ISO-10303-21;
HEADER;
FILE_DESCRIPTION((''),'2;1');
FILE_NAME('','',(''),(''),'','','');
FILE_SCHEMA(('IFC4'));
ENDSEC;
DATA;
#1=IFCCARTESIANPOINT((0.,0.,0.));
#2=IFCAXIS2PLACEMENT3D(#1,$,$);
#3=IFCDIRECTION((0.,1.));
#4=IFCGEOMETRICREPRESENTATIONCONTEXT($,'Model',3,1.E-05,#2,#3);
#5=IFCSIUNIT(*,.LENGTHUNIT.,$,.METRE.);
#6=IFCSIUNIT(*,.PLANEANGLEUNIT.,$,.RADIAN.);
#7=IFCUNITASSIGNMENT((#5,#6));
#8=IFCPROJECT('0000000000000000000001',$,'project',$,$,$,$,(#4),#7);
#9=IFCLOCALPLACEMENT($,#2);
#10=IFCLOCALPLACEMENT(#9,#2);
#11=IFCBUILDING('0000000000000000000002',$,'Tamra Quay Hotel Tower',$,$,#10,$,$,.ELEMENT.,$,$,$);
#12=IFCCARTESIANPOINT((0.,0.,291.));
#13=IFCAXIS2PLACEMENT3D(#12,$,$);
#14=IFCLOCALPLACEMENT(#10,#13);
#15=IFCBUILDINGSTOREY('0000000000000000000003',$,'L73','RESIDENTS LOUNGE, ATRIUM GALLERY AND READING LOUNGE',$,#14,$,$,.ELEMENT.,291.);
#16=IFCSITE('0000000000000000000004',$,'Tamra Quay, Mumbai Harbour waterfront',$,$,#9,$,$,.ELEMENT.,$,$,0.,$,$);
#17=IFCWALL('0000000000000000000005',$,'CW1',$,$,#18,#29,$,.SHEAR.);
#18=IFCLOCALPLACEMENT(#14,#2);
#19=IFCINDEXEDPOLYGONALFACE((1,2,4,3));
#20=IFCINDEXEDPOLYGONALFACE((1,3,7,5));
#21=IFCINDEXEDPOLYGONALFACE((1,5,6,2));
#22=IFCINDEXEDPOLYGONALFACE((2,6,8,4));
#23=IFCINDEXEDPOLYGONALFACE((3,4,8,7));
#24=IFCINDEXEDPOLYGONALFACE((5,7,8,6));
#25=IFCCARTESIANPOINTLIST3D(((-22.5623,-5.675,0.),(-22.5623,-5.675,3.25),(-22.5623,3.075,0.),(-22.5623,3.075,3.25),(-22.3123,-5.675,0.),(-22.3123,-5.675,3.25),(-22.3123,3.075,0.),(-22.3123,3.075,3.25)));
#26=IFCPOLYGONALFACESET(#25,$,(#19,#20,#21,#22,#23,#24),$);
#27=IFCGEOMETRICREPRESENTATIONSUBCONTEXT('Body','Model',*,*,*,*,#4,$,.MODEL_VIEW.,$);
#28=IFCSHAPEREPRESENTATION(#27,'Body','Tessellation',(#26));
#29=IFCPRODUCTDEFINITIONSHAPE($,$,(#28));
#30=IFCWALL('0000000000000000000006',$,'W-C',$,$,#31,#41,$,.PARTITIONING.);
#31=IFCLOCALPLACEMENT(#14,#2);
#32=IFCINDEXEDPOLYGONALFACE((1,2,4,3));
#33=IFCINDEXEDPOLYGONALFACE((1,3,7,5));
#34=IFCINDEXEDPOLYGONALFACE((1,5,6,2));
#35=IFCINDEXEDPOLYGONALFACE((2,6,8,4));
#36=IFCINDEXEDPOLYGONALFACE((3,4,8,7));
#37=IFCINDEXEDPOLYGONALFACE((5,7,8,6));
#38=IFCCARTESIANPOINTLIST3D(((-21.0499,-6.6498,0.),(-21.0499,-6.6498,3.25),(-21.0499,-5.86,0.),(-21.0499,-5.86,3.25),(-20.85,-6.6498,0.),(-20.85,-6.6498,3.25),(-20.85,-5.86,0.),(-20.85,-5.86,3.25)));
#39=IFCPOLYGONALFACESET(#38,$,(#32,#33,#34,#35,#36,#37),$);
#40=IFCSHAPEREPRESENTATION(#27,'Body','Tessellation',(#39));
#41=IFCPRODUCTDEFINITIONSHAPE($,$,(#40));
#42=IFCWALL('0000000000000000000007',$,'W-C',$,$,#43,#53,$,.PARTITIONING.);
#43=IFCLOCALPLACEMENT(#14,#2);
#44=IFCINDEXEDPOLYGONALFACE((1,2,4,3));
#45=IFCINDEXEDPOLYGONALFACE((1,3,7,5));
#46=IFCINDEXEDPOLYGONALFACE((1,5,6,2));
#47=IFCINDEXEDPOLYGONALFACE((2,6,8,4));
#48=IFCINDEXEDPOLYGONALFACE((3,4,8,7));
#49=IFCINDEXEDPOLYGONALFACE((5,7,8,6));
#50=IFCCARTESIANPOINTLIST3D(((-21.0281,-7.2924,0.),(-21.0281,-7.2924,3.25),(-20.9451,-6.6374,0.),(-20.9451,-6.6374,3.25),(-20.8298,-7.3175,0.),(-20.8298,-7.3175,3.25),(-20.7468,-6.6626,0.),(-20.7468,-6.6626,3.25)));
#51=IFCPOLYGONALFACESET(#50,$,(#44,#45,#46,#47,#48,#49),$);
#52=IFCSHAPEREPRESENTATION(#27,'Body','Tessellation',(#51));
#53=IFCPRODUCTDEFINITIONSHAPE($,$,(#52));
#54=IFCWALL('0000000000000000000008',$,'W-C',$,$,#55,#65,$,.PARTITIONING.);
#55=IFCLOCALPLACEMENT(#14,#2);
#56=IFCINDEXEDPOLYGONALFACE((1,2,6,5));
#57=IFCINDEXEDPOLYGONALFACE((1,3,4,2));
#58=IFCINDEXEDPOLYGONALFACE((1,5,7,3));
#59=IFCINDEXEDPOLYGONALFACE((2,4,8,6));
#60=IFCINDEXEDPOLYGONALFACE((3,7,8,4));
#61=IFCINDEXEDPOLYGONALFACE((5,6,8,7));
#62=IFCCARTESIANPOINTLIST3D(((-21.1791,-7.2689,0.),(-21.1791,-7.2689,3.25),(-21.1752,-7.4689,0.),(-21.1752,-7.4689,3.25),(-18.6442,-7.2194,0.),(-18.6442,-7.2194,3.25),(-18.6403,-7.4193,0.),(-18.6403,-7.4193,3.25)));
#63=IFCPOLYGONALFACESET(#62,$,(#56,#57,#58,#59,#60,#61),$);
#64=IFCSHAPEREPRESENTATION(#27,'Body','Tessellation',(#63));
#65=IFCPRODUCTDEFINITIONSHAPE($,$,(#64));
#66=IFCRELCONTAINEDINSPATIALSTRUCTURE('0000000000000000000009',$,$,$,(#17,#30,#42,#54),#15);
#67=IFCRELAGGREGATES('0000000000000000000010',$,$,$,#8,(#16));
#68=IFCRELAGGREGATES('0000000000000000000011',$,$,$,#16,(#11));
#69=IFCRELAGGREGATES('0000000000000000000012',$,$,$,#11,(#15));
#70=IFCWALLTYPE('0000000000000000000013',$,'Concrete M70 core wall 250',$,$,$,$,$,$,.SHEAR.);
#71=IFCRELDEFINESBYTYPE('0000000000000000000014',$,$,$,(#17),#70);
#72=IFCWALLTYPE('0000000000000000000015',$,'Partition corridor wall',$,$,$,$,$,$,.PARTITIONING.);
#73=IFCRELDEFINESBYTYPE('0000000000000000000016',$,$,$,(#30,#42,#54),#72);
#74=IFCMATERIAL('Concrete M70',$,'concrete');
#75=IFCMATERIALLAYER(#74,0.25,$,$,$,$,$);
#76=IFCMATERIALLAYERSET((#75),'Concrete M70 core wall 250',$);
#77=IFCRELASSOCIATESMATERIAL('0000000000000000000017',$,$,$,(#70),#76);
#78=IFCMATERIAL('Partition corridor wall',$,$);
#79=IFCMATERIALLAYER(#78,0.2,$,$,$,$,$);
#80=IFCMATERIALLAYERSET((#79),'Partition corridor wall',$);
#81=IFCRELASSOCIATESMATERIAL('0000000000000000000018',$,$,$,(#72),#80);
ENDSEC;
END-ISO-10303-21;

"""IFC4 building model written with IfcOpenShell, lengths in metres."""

from ifc_helpers import new_model, si_unit, direction, frame, frame_2d, origin, place, context, subcontext, project, spatial, rectangle, extrude, material, layer, layer_set, type_object, element, save


model = new_model("IFC4")

# Units and contexts
model_context = context("Model", 3, precision=1e-05, world=origin(), true_north=direction((0.0, 1.0)))
body_context = subcontext(model_context, "Body", "Model", "MODEL_VIEW")
ifc_project = project(units=[si_unit("LENGTHUNIT", "METRE"), si_unit("PLANEANGLEUNIT", "RADIAN")], contexts=[model_context])

# Site, building, storey
site_placement = place(None, origin())
site = spatial("IfcSite", under=ifc_project, at=site_placement, Name="Tamra Quay, Mumbai Harbour waterfront", CompositionType="ELEMENT", RefElevation=0.0)
building_placement = place(site_placement, origin())
building = spatial("IfcBuilding", under=site, at=building_placement, Name="Tamra Quay Hotel Tower", CompositionType="ELEMENT")
storey_placement = place(building_placement, frame((0.0, 0.0, 291.0)))
storey = spatial("IfcBuildingStorey", under=building, at=storey_placement, Name="L73", Description="RESIDENTS LOUNGE, ATRIUM GALLERY AND READING LOUNGE", CompositionType="ELEMENT", Elevation=291.0)

# Shared definitions
ifc_material_1 = material(Name="Concrete M70", Category="concrete")

# Walls
ifc_layer_1 = layer(ifc_material_1, 0.25)
ifc_layer_set_1 = layer_set([ifc_layer_1], Name="Concrete M70 core wall 250")
wall_type_1 = type_object("IfcWallType", Name="Concrete M70 core wall 250", PredefinedType="SHEAR", material=ifc_layer_set_1)
wall_1_placement = place(storey_placement, frame((-22.4373, -5.675, 0.0), z_axis=(0.0, 0.0, 1.0), x_axis=(0.0, 1.0, 0.0)))
element("IfcWall", 1, at=wall_1_placement, inside=storey, type_object=wall_type_1, Name="CW1", PredefinedType="SHEAR", context=body_context, shape_type="SweptSolid", body=[
    extrude(rectangle(XDim=8.75, YDim=0.25, at=frame_2d((4.375, 0.0))), origin(), (0.0, 0.0, 1.0), 3.25),
])
ifc_material_2 = material(Name="Partition corridor wall")
ifc_layer_2 = layer(ifc_material_2, 0.2)
ifc_layer_set_2 = layer_set([ifc_layer_2], Name="Partition corridor wall")
wall_type_2 = type_object("IfcWallType", Name="Partition corridor wall", PredefinedType="PARTITIONING", material=ifc_layer_set_2)
wall_2_placement = place(storey_placement, frame((-20.95, -6.6499, 0.0), z_axis=(0.0, 0.0, 1.0), x_axis=(0.0, 1.0, 0.0)))
element("IfcWall", 2, at=wall_2_placement, inside=storey, type_object=wall_type_2, Name="W-C", PredefinedType="PARTITIONING", context=body_context, shape_type="SweptSolid", body=[
    extrude(rectangle(XDim=0.7898, YDim=0.2, at=frame_2d((0.395, 0.0))), origin(), (0.0, 0.0, 1.0), 3.25),
])
wall_3_placement = place(storey_placement, frame((-20.929, -7.3049, 0.0), z_axis=(0.0, 0.0, 1.0), x_axis=(0.125718, 0.992066, 0.0)))
element("IfcWall", 3, at=wall_3_placement, inside=storey, type_object=wall_type_2, Name="W-C", PredefinedType="PARTITIONING", context=body_context, shape_type="SweptSolid", body=[
    extrude(rectangle(XDim=0.6602, YDim=0.2, at=frame_2d((0.3301, 0.0))), origin(), (0.0, 0.0, 1.0), 3.25),
])
wall_4_placement = place(storey_placement, frame((-21.177, -7.3689, 0.0), z_axis=(0.0, 0.0, 1.0), x_axis=(0.999809, 0.019547, 0.0)))
element("IfcWall", 4, at=wall_4_placement, inside=storey, type_object=wall_type_2, Name="W-C", PredefinedType="PARTITIONING", context=body_context, shape_type="SweptSolid", body=[
    extrude(rectangle(XDim=2.5354, YDim=0.2, at=frame_2d((1.2676, 0.0))), origin(), (0.0, 0.0, 1.0), 3.25),
])

save(model, "model.ifc")
